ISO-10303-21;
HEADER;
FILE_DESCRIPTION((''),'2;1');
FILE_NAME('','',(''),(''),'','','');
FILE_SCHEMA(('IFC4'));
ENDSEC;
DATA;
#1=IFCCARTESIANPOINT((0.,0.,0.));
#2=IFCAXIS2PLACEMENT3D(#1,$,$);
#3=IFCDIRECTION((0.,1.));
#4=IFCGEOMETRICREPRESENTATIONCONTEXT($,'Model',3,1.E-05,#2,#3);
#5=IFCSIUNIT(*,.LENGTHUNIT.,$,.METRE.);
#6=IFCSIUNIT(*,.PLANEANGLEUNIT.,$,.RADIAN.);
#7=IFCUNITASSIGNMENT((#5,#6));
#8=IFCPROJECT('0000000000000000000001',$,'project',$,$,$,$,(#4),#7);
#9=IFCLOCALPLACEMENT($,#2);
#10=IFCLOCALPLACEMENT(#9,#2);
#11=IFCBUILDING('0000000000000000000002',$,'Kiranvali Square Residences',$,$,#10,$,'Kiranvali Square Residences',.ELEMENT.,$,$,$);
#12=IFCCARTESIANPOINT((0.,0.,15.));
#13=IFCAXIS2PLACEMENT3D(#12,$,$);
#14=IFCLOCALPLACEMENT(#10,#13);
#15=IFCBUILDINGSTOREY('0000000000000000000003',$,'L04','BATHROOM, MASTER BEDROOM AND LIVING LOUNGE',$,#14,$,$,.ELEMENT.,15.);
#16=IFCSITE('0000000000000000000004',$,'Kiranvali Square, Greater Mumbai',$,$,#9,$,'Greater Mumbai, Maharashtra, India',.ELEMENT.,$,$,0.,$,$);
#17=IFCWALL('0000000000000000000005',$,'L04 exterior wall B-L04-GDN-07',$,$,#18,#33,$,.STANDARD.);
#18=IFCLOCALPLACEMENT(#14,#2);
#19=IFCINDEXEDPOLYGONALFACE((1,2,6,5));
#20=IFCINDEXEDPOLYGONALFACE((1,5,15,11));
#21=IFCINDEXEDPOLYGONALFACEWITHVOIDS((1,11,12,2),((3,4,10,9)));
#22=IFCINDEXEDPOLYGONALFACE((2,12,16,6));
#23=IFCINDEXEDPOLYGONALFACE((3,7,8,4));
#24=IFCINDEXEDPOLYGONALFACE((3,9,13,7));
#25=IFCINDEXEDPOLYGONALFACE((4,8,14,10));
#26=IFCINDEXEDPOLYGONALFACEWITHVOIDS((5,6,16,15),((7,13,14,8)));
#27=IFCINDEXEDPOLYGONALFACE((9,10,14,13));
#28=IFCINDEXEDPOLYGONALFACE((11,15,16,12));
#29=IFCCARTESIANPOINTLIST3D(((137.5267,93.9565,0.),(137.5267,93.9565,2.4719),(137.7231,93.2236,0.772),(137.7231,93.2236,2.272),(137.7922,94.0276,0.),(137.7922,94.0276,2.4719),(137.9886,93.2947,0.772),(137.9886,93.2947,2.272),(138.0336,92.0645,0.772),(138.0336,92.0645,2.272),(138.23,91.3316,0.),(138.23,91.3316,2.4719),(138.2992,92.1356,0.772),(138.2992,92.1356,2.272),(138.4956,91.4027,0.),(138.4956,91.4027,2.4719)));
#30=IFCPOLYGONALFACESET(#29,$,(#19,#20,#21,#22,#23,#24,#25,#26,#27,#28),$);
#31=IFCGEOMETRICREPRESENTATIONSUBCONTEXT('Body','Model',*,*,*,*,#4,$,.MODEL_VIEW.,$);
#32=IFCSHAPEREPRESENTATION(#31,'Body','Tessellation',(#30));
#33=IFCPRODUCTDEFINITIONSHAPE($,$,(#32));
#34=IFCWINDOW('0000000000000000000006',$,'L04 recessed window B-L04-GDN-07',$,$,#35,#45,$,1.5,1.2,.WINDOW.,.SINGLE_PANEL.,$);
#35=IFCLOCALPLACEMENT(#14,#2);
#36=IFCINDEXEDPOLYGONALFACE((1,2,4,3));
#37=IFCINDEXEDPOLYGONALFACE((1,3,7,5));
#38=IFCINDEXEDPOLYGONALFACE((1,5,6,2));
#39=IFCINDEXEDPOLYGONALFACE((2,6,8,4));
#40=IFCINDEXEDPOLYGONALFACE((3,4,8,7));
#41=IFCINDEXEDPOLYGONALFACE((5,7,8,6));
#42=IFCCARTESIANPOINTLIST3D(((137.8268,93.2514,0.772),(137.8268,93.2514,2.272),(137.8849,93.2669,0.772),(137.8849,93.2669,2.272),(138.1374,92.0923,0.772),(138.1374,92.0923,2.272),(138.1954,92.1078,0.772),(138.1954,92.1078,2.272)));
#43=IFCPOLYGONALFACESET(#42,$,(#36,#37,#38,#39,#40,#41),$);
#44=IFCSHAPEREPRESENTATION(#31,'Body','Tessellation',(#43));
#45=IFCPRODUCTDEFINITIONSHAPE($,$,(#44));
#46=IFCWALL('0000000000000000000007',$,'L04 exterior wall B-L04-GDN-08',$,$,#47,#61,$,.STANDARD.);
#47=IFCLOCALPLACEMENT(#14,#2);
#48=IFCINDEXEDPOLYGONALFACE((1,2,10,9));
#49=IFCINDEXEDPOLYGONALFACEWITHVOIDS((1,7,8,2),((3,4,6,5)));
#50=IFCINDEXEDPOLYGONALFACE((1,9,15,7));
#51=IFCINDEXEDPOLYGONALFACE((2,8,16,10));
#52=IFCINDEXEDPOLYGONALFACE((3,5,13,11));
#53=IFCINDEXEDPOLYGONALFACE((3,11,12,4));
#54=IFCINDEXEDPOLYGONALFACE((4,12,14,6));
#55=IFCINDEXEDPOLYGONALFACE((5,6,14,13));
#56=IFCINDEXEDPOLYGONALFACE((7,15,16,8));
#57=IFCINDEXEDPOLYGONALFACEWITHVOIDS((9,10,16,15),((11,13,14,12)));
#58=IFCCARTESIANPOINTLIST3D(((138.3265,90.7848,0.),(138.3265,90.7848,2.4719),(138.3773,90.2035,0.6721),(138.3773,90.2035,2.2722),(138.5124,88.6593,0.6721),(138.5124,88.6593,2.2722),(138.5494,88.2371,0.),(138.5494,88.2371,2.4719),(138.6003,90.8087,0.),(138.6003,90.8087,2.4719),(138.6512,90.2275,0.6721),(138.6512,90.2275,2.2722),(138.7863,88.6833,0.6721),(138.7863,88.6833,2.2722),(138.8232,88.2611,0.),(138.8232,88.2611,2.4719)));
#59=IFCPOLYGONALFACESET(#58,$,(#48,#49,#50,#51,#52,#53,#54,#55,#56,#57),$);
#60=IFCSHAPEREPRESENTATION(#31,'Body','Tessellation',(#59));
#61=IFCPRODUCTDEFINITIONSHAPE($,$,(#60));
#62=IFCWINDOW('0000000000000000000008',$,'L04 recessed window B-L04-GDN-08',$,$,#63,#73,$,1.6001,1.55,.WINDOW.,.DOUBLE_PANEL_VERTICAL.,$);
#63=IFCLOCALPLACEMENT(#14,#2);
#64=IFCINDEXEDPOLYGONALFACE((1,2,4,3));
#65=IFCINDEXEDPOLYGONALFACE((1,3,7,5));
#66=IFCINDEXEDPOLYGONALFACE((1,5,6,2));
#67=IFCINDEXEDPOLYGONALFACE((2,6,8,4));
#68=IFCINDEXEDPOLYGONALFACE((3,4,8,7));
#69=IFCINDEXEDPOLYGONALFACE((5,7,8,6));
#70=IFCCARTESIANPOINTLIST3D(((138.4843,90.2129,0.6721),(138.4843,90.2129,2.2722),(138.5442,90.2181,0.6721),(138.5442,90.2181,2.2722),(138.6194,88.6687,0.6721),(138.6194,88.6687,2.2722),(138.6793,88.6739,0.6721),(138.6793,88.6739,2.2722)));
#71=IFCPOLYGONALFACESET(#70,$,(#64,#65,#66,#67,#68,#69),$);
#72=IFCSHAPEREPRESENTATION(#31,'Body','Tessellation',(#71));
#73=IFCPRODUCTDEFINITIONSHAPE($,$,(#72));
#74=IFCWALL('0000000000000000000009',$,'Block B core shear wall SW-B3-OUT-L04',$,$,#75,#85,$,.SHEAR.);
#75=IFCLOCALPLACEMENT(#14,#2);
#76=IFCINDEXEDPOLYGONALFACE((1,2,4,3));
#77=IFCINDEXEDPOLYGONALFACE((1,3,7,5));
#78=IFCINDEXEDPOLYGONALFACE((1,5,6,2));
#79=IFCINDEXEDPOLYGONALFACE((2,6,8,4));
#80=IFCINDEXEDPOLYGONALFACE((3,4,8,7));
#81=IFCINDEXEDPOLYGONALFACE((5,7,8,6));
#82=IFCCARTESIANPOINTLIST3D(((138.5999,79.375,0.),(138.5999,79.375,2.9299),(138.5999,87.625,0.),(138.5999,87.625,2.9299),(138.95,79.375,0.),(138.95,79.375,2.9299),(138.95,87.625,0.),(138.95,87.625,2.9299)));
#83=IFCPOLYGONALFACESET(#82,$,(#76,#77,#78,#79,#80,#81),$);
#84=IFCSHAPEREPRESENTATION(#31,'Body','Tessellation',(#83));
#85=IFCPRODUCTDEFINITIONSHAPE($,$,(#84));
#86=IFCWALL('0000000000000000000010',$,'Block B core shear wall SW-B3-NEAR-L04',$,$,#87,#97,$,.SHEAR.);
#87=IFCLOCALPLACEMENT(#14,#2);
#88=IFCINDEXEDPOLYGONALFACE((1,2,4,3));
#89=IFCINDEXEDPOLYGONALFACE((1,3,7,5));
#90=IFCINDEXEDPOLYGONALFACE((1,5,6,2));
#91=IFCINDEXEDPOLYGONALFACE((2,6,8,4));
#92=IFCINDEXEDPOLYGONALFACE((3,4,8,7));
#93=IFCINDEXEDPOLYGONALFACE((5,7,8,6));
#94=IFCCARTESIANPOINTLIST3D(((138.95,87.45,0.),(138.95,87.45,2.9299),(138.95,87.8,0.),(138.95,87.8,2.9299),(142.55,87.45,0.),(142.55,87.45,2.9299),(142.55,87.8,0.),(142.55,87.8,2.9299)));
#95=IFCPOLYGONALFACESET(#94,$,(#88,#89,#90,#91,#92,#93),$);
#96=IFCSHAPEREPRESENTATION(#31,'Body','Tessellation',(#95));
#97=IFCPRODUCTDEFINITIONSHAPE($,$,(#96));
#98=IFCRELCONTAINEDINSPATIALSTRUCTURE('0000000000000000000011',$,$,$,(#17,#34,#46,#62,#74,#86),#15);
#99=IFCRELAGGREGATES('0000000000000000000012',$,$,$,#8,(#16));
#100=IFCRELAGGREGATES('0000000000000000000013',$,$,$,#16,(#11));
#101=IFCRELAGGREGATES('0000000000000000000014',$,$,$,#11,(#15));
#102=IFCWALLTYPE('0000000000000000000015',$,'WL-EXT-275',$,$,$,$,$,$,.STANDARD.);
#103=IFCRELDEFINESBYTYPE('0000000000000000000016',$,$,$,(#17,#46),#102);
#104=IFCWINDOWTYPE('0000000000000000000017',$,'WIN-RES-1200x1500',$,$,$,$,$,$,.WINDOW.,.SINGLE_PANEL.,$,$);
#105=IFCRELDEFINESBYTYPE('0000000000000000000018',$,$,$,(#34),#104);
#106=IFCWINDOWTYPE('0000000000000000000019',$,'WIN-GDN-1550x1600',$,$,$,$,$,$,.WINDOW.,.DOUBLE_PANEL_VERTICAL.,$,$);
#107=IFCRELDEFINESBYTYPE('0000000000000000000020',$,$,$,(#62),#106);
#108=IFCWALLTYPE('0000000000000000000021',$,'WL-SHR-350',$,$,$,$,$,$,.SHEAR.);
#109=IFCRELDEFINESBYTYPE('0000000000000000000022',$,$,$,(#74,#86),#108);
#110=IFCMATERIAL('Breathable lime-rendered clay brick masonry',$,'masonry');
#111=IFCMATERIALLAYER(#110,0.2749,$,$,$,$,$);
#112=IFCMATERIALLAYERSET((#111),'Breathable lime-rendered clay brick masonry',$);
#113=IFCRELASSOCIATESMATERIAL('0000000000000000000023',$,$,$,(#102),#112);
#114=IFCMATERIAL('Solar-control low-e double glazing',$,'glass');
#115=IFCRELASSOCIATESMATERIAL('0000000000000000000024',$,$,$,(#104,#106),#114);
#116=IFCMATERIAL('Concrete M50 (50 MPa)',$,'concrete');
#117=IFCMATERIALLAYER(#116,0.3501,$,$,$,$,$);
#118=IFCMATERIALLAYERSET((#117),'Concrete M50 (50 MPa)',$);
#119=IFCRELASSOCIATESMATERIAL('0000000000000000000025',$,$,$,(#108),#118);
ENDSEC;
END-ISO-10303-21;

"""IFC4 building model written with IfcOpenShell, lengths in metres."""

from ifc_helpers import new_model, si_unit, direction, frame, frame_2d, origin, place, context, subcontext, project, spatial, rectangle, extrude, material, layer, layer_set, type_object, element, fill, save


model = new_model("IFC4")

# Units and contexts
model_context = context("Model", 3, precision=1e-05, world=origin(), true_north=direction((0.0, 1.0)))
body_context = subcontext(model_context, "Body", "Model", "MODEL_VIEW")
ifc_project = project(units=[si_unit("LENGTHUNIT", "METRE"), si_unit("PLANEANGLEUNIT", "RADIAN")], contexts=[model_context])

# Site, building, storey
site_placement = place(None, origin())
site = spatial("IfcSite", under=ifc_project, at=site_placement, Name="Kiranvali Square, Greater Mumbai", LongName="Greater Mumbai, Maharashtra, India", CompositionType="ELEMENT", RefElevation=0.0)
building_placement = place(site_placement, origin())
building = spatial("IfcBuilding", under=site, at=building_placement, Name="Kiranvali Square Residences", LongName="Kiranvali Square Residences", CompositionType="ELEMENT")
storey_placement = place(building_placement, frame((0.0, 0.0, 15.0)))
storey = spatial("IfcBuildingStorey", under=building, at=storey_placement, Name="L04", Description="BATHROOM, MASTER BEDROOM AND LIVING LOUNGE", CompositionType="ELEMENT", Elevation=15.0)

# Shared definitions
ifc_material_1 = material(Name="Concrete M50 (50 MPa)", Category="concrete")

# Shared definitions
ifc_material_2 = material(Name="Breathable lime-rendered clay brick masonry", Category="masonry")
ifc_layer_1 = layer(ifc_material_2, 0.2749)
ifc_layer_set_1 = layer_set([ifc_layer_1], Name="Breathable lime-rendered clay brick masonry")
wall_type_1 = type_object("IfcWallType", Name="WL-EXT-275", PredefinedType="STANDARD", material=ifc_layer_set_1)

# Walls, openings, windows
ifc_material_3 = material(Name="Solar-control low-e double glazing", Category="glass")
wall_1_placement = place(storey_placement, frame((137.6594, 93.9922, 0.0), z_axis=(0.0, 0.0, 1.0), x_axis=(0.25882, -0.965926, 0.0)))
wall_1 = element("IfcWall", 1, at=wall_1_placement, inside=storey, type_object=wall_type_1, Name="L04 exterior wall B-L04-GDN-07", PredefinedType="STANDARD", context=body_context, shape_type="SweptSolid", body=[
    extrude(rectangle(XDim=2.7175, YDim=0.2749, at=frame_2d((1.3589, 0.0))), origin(), (0.0, 0.0, 1.0), 2.4719),
])
opening_1_placement = place(wall_1_placement, frame((0.7588, 0.0, 0.772)))
opening_1 = element("IfcOpeningElement", 2, at=opening_1_placement, cuts=wall_1, PredefinedType="OPENING", context=body_context, shape_type="SweptSolid", body=[
    extrude(rectangle(XDim=1.2, YDim=1.5, at=frame_2d((0.6001, 0.75))), frame((0.0, 0.1475, 0.0), z_axis=(0.0, -1.0, 0.0), x_axis=(1.0, 0.0, 0.0)), (0.0, 0.0, 1.0), 0.2949),
])
window_type_1 = type_object("IfcWindowType", Name="WIN-RES-1200x1500", PartitioningType="SINGLE_PANEL", PredefinedType="WINDOW", material=ifc_material_3)
window_1_placement = place(opening_1_placement, origin())
window_1 = element("IfcWindow", 3, at=window_1_placement, inside=storey, type_object=window_type_1, Name="L04 recessed window B-L04-GDN-07", OverallHeight=1.5, OverallWidth=1.2, PartitioningType="SINGLE_PANEL", PredefinedType="WINDOW", context=body_context, shape_type="SweptSolid", body=[
    extrude(rectangle(XDim=1.2, YDim=1.5, at=frame_2d((0.6001, 0.75))), frame((0.0, 0.03, 0.0), z_axis=(0.0, -1.0, 0.0), x_axis=(1.0, 0.0, 0.0)), (0.0, 0.0, 1.0), 0.0601),
])
fill(opening_1, window_1)
wall_2_placement = place(storey_placement, frame((138.4634, 90.7969, 0.0), z_axis=(0.0, 0.0, 1.0), x_axis=(0.087161, -0.996194, 0.0)))
wall_2 = element("IfcWall", 4, at=wall_2_placement, inside=storey, type_object=wall_type_1, Name="L04 exterior wall B-L04-GDN-08", PredefinedType="STANDARD", context=body_context, shape_type="SweptSolid", body=[
    extrude(rectangle(XDim=2.5574, YDim=0.2749, at=frame_2d((1.2788, 0.0))), origin(), (0.0, 0.0, 1.0), 2.4719),
])
opening_2_placement = place(wall_2_placement, frame((0.5837, 0.0, 0.6721)))
opening_2 = element("IfcOpeningElement", 5, at=opening_2_placement, cuts=wall_2, PredefinedType="OPENING", context=body_context, shape_type="SweptSolid", body=[
    extrude(rectangle(XDim=1.55, YDim=1.6001, at=frame_2d((0.7749, 0.8))), frame((0.0, 0.1475, 0.0), z_axis=(0.0, -1.0, 0.0), x_axis=(1.0, 0.0, 0.0)), (0.0, 0.0, 1.0), 0.2949),
])
window_type_2 = type_object("IfcWindowType", Name="WIN-GDN-1550x1600", PartitioningType="DOUBLE_PANEL_VERTICAL", PredefinedType="WINDOW", material=ifc_material_3)
window_2_placement = place(opening_2_placement, origin())
window_2 = element("IfcWindow", 6, at=window_2_placement, inside=storey, type_object=window_type_2, Name="L04 recessed window B-L04-GDN-08", OverallHeight=1.6001, OverallWidth=1.55, PartitioningType="DOUBLE_PANEL_VERTICAL", PredefinedType="WINDOW", context=body_context, shape_type="SweptSolid", body=[
    extrude(rectangle(XDim=1.55, YDim=1.6001, at=frame_2d((0.7749, 0.8))), frame((0.0, 0.03, 0.0), z_axis=(0.0, -1.0, 0.0), x_axis=(1.0, 0.0, 0.0)), (0.0, 0.0, 1.0), 0.0601),
])
fill(opening_2, window_2)

# Walls
ifc_layer_2 = layer(ifc_material_1, 0.3501)
ifc_layer_set_2 = layer_set([ifc_layer_2], Name="Concrete M50 (50 MPa)")
wall_type_2 = type_object("IfcWallType", Name="WL-SHR-350", PredefinedType="SHEAR", material=ifc_layer_set_2)
wall_3_placement = place(storey_placement, frame((138.7749, 87.625, 0.0), z_axis=(0.0, 0.0, 1.0), x_axis=(0.0, -1.0, 0.0)))
element("IfcWall", 7, at=wall_3_placement, inside=storey, type_object=wall_type_2, Name="Block B core shear wall SW-B3-OUT-L04", PredefinedType="SHEAR", context=body_context, shape_type="SweptSolid", body=[
    extrude(rectangle(XDim=8.25, YDim=0.3501, at=frame_2d((4.125, 0.0))), origin(), (0.0, 0.0, 1.0), 2.9299),
])
wall_4_placement = place(storey_placement, frame((138.95, 87.625, 0.0), z_axis=(0.0, 0.0, 1.0), x_axis=(1.0, 0.0, 0.0)))
element("IfcWall", 8, at=wall_4_placement, inside=storey, type_object=wall_type_2, Name="Block B core shear wall SW-B3-NEAR-L04", PredefinedType="SHEAR", context=body_context, shape_type="SweptSolid", body=[
    extrude(rectangle(XDim=3.6001, YDim=0.3501, at=frame_2d((1.8, 0.0))), origin(), (0.0, 0.0, 1.0), 2.9299),
])

save(model, "model.ifc")
